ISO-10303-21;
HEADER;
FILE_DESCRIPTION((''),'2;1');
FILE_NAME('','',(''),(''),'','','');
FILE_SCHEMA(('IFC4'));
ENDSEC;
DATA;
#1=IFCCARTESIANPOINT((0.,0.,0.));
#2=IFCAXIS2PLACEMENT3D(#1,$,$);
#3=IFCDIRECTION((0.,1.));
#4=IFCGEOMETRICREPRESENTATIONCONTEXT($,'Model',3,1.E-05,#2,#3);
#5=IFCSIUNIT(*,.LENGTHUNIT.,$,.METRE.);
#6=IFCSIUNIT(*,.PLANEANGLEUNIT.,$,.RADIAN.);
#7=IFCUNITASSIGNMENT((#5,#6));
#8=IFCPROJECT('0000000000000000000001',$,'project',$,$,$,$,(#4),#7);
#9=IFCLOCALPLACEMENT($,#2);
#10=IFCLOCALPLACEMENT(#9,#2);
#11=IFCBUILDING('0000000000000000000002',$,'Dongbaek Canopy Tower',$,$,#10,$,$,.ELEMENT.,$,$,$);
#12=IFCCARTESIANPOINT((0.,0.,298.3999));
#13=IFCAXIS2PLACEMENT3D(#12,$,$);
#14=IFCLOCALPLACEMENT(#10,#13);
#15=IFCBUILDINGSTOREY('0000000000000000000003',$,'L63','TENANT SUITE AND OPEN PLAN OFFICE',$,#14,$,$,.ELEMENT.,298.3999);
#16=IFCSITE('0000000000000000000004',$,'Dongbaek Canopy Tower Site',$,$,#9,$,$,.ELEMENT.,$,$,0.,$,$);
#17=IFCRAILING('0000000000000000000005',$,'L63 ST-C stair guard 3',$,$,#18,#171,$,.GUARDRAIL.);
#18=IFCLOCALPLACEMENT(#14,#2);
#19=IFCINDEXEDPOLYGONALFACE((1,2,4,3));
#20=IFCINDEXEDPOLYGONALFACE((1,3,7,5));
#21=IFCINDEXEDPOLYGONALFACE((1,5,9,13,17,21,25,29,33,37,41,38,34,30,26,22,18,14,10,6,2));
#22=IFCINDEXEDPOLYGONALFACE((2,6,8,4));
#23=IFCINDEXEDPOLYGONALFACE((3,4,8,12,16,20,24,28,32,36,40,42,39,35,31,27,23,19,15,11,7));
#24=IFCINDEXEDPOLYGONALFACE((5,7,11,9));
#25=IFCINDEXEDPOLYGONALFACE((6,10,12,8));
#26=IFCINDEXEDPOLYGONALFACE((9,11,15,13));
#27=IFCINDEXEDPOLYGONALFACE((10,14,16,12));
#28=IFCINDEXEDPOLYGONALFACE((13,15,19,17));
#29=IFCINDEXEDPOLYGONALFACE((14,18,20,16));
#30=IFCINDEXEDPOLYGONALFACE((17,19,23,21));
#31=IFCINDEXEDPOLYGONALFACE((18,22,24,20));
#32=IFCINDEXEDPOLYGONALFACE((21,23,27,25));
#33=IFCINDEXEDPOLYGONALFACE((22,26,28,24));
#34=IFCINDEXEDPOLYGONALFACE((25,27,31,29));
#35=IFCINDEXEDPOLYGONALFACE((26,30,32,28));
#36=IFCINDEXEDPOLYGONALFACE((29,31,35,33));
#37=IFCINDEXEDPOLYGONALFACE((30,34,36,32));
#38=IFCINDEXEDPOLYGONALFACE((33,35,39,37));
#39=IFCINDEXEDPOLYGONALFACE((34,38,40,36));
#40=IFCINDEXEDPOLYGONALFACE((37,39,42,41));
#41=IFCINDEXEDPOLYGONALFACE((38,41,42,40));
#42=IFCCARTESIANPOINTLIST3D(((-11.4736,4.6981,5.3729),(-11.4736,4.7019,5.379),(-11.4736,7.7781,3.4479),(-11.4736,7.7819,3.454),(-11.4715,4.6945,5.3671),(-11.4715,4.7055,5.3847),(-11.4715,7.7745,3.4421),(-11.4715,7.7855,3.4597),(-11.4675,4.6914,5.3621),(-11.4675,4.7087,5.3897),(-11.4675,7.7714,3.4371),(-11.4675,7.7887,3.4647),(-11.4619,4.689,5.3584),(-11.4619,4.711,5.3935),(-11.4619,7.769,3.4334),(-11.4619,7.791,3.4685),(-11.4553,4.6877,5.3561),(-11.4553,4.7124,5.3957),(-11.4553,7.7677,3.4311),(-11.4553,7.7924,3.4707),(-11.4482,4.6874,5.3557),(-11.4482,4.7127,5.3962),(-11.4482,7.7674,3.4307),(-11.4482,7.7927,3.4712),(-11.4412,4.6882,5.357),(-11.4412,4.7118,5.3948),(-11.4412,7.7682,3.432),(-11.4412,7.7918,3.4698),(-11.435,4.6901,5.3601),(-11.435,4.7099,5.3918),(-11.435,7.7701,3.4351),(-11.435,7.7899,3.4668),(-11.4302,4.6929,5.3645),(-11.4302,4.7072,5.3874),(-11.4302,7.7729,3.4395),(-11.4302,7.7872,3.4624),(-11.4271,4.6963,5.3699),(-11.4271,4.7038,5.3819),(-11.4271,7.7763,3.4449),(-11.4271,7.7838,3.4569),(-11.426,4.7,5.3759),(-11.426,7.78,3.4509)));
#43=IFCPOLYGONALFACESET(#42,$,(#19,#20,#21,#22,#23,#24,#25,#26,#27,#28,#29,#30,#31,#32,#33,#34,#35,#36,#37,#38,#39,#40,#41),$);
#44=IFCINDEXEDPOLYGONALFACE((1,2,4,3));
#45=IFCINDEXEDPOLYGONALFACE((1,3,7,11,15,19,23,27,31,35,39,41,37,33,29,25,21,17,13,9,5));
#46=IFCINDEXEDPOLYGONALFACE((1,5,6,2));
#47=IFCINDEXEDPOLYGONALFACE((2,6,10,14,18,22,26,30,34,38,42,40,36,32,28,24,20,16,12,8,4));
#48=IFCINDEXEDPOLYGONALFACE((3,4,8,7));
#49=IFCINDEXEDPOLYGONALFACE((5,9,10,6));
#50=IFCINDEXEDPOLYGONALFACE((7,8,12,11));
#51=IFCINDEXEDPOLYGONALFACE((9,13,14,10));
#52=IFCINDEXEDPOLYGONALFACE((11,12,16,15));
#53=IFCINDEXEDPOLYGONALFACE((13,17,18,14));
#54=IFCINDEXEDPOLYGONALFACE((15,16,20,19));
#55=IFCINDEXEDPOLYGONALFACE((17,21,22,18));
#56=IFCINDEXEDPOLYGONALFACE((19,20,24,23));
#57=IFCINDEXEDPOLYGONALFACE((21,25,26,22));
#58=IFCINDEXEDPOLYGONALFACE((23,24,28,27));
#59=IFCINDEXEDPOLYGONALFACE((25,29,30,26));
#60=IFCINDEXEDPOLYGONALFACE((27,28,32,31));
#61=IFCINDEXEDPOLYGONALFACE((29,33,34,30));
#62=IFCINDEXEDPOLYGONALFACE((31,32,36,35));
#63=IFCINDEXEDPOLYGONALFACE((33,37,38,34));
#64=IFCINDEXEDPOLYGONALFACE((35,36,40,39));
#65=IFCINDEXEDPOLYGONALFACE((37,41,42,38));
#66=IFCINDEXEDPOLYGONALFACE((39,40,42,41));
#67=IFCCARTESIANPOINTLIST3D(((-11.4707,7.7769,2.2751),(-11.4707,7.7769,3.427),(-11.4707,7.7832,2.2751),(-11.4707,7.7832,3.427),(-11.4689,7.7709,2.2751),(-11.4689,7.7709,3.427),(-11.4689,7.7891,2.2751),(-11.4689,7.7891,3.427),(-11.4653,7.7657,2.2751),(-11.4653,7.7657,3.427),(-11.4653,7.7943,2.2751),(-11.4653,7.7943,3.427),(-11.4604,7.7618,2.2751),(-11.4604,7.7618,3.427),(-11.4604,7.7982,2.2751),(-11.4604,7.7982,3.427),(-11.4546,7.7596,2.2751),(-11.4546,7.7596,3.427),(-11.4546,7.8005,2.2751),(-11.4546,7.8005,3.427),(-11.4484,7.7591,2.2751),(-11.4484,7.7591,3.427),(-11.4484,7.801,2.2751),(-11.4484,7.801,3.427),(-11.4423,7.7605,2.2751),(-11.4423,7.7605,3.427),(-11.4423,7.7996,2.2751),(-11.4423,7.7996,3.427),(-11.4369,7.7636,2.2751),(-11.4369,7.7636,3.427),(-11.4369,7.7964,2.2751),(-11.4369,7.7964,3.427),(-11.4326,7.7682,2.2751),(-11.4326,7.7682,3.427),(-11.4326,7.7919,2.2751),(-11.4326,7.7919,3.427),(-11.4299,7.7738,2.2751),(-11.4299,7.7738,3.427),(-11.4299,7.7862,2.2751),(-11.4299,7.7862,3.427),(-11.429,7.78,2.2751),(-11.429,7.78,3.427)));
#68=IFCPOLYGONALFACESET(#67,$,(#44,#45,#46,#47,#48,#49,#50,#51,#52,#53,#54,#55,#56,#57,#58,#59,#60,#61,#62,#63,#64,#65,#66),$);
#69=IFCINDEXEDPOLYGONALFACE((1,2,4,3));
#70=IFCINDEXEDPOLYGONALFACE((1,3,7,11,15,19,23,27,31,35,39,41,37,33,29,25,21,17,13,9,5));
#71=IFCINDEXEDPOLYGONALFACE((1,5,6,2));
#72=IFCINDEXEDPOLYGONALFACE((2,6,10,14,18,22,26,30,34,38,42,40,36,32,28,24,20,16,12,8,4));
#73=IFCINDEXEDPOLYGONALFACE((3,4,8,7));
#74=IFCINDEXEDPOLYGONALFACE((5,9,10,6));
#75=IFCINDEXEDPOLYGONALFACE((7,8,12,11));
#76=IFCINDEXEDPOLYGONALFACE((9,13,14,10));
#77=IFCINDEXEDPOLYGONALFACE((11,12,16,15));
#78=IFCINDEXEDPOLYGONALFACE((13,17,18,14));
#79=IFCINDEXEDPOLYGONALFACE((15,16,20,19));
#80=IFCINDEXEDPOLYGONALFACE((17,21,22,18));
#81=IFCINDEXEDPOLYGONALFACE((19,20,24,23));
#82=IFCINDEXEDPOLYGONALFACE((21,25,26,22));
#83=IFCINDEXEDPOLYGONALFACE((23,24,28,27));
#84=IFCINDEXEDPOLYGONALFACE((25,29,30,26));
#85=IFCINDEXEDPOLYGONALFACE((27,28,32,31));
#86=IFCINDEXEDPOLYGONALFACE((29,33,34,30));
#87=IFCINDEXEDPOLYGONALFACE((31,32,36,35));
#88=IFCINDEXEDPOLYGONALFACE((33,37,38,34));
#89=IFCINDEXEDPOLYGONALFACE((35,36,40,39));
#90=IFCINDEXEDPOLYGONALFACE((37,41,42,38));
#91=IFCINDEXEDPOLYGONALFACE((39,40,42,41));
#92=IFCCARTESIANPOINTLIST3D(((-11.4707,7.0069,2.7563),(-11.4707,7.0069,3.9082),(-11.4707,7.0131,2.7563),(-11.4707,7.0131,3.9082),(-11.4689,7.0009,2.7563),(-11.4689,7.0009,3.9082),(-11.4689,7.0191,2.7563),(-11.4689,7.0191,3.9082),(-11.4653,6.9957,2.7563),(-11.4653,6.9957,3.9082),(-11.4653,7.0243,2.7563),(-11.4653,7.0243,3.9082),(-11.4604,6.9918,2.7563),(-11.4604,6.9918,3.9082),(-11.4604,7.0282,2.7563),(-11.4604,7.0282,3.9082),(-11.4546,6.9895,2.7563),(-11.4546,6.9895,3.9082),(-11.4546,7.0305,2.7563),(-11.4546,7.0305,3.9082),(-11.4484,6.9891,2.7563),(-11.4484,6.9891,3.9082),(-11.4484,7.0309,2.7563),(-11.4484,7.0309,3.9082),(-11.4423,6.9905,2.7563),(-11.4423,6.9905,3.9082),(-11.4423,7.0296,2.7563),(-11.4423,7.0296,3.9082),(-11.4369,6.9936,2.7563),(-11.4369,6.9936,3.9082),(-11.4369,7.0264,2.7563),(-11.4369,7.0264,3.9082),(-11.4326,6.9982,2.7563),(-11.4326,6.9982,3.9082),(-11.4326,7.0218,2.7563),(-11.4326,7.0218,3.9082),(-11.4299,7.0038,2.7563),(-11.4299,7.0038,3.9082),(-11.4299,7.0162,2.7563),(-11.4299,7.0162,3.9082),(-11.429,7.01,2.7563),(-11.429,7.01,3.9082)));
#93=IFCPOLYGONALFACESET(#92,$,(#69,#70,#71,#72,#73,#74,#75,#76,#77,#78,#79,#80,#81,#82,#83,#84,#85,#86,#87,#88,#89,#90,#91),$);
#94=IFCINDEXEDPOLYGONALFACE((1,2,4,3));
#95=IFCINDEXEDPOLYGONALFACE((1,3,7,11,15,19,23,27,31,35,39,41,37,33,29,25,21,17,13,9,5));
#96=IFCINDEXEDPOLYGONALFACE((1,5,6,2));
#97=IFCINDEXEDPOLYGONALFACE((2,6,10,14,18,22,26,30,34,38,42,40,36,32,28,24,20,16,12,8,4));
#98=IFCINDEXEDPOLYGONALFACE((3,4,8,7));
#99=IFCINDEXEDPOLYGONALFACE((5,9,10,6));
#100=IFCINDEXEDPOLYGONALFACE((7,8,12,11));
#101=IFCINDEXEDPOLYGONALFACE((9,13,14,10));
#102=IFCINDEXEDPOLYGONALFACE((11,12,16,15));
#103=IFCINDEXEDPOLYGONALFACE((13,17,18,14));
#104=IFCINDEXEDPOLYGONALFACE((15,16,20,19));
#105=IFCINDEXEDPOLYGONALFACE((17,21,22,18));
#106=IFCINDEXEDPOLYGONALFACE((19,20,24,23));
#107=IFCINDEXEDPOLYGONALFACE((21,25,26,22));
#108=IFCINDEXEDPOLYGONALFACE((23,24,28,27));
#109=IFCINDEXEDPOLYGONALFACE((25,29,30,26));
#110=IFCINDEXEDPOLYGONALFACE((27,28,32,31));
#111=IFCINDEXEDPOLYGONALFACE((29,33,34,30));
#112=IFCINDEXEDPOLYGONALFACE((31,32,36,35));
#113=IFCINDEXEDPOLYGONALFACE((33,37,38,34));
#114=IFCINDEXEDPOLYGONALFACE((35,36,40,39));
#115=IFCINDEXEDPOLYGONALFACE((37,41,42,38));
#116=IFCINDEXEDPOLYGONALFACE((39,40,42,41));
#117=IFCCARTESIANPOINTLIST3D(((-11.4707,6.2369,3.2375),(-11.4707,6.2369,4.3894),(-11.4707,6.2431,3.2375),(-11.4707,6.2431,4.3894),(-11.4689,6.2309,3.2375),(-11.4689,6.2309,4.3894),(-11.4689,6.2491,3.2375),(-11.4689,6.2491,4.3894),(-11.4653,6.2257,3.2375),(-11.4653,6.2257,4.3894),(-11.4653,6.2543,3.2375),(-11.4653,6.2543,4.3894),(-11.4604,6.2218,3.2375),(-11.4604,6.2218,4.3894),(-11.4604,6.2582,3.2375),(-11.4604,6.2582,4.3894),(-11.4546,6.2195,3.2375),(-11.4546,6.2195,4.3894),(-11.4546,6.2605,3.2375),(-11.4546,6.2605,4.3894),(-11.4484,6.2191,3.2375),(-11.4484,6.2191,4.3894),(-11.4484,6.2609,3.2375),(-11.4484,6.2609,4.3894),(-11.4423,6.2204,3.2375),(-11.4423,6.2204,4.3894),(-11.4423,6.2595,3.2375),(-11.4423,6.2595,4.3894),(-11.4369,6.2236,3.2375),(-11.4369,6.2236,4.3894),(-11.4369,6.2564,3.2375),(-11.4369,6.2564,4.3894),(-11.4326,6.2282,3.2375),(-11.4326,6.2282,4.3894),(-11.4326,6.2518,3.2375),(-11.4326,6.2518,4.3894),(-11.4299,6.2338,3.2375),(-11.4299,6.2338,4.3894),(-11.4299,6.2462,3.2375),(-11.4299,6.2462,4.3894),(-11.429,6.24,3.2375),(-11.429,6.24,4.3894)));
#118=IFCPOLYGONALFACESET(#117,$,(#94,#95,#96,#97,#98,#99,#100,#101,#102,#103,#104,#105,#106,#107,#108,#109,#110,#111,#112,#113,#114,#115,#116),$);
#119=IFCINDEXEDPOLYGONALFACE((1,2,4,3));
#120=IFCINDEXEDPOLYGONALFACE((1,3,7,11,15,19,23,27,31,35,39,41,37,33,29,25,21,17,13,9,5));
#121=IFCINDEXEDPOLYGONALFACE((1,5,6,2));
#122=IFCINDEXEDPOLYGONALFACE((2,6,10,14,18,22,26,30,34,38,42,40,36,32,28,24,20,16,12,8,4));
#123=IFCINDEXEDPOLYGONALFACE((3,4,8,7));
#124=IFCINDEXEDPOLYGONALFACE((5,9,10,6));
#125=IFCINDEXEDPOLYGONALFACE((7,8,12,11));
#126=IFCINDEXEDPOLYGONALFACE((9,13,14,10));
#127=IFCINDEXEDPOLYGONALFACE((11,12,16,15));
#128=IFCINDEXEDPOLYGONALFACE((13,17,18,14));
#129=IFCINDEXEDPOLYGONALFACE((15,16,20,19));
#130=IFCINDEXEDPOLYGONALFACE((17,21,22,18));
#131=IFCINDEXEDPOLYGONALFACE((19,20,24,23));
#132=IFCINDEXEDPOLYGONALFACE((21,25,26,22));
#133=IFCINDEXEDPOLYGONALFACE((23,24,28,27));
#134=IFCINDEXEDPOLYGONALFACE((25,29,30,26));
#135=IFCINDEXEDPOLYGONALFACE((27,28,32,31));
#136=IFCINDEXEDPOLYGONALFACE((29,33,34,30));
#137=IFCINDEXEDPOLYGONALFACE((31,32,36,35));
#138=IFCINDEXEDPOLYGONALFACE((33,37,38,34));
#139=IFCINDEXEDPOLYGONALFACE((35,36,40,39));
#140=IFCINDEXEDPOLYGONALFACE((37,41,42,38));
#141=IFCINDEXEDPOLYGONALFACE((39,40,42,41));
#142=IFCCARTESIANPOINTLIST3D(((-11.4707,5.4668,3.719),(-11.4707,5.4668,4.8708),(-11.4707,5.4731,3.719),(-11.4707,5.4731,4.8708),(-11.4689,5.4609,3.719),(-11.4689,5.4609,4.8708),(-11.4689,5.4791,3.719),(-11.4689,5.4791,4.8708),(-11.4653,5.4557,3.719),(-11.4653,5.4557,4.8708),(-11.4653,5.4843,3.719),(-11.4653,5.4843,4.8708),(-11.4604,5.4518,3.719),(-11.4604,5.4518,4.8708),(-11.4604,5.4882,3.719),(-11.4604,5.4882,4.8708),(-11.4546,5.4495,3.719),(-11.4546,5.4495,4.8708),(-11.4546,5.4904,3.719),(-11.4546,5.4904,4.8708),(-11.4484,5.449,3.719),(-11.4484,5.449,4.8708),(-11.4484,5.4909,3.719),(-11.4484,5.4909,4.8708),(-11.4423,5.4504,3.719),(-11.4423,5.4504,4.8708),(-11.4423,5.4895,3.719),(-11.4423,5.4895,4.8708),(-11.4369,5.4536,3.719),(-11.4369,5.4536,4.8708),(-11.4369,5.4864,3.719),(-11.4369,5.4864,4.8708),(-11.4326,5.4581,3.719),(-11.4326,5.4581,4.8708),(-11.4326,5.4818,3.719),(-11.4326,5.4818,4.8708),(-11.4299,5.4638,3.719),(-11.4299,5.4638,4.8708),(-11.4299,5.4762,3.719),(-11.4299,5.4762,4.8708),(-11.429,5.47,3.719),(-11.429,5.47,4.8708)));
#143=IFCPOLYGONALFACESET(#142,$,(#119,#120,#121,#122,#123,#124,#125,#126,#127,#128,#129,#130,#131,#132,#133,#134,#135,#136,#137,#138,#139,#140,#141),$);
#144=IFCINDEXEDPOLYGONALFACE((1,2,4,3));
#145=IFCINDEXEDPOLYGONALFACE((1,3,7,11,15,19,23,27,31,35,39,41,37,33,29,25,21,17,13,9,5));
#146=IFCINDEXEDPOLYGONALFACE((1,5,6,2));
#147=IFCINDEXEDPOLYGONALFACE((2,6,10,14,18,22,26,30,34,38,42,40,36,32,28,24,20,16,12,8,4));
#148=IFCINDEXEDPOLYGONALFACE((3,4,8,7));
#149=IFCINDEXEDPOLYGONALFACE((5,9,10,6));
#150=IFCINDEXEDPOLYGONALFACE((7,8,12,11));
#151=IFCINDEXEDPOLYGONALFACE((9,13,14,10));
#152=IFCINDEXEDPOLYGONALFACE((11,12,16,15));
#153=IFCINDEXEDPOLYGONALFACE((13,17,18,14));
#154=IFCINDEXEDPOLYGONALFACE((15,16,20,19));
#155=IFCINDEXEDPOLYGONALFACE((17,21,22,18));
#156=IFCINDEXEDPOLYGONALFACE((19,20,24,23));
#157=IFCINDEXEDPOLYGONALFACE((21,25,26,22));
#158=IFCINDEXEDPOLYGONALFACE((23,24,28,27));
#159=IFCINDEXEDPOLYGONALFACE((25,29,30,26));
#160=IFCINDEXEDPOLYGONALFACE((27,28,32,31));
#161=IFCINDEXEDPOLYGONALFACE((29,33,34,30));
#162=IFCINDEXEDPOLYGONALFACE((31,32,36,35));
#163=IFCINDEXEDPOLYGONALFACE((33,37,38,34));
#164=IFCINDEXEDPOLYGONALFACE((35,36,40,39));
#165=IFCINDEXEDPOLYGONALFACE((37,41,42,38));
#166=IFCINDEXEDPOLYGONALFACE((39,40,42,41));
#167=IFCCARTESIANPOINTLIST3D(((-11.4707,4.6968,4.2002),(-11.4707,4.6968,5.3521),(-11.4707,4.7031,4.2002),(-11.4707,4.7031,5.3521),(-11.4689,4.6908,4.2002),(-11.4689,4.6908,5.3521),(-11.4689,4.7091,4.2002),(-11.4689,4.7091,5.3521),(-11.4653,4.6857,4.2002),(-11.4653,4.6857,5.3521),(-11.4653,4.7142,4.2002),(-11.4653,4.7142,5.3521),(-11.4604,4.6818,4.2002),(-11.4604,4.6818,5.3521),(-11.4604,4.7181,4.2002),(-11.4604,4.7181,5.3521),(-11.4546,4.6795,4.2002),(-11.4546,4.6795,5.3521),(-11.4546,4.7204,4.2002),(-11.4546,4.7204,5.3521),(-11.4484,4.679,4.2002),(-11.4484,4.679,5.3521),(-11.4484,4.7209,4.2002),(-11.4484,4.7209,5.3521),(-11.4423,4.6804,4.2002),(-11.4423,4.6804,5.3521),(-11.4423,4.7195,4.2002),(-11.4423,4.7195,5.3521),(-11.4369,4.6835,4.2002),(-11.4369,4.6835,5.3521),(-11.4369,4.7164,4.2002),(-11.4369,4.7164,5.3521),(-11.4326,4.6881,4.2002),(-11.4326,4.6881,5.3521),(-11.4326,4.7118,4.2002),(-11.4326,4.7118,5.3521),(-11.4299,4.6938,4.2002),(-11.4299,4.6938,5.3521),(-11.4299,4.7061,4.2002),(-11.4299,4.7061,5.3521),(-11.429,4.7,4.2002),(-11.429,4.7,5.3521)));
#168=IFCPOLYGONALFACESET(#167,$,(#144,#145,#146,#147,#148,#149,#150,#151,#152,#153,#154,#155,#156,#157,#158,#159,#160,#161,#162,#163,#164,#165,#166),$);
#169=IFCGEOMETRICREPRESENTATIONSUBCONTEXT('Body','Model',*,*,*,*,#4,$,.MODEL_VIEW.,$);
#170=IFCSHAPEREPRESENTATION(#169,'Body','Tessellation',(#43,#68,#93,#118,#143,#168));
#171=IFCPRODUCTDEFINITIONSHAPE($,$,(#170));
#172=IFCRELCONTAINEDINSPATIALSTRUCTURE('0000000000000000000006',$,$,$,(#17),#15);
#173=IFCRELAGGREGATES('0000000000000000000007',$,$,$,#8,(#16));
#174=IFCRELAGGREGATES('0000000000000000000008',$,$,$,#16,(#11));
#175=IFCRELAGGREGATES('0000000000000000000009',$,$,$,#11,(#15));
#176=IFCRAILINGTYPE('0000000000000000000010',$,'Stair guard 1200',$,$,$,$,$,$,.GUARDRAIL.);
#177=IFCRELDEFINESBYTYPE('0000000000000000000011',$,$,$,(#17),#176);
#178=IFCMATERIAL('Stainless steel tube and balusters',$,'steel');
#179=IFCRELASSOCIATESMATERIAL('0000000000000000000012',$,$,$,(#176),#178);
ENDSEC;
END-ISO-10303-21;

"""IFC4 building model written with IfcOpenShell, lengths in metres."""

from ifc_helpers import new_model, si_unit, direction, frame, origin, origin_2d, place, context, subcontext, project, spatial, circle, extrude, material, type_object, element, save


model = new_model("IFC4")

# Units and contexts
model_context = context("Model", 3, precision=1e-05, world=origin(), true_north=direction((0.0, 1.0)))
body_context = subcontext(model_context, "Body", "Model", "MODEL_VIEW")
ifc_project = project(units=[si_unit("LENGTHUNIT", "METRE"), si_unit("PLANEANGLEUNIT", "RADIAN")], contexts=[model_context])

# Site, building, storey
site_placement = place(None, origin())
site = spatial("IfcSite", under=ifc_project, at=site_placement, Name="Dongbaek Canopy Tower Site", CompositionType="ELEMENT", RefElevation=0.0)
building_placement = place(site_placement, origin())
building = spatial("IfcBuilding", under=site, at=building_placement, Name="Dongbaek Canopy Tower", CompositionType="ELEMENT")
storey_placement = place(building_placement, frame((0.0, 0.0, 298.3999)))
storey = spatial("IfcBuildingStorey", under=building, at=storey_placement, Name="L63", Description="TENANT SUITE AND OPEN PLAN OFFICE", CompositionType="ELEMENT", Elevation=298.3999)

# Railing
ifc_material_1 = material(Name="Stainless steel tube and balusters", Category="steel")
railing_type_1 = type_object("IfcRailingType", Name="Stair guard 1200", PredefinedType="GUARDRAIL", material=ifc_material_1)
railing_1_placement = place(storey_placement, frame((-11.45, 7.78, 2.2751)))
element("IfcRailing", 1, at=railing_1_placement, inside=storey, type_object=railing_type_1, Name="L63 ST-C stair guard 3", PredefinedType="GUARDRAIL", context=body_context, shape_type="SweptSolid", body=[
    extrude(circle(Radius=0.0239, at=origin_2d()), frame((0.0, 0.0, 1.1758), z_axis=(0.0, -0.847998, 0.529999), x_axis=(1.0, 0.0, 0.0)), (0.0, 0.0, 1.0), 3.6321),
    extrude(circle(Radius=0.021, at=origin_2d()), origin(), (0.0, 0.0, 1.0), 1.1519),
    extrude(circle(Radius=0.021, at=origin_2d()), frame((0.0, -0.77, 0.4812)), (0.0, 0.0, 1.0), 1.1519),
    extrude(circle(Radius=0.021, at=origin_2d()), frame((0.0, -1.54, 0.9624)), (0.0, 0.0, 1.0), 1.1519),
    extrude(circle(Radius=0.021, at=origin_2d()), frame((0.0, -2.3101, 1.4438)), (0.0, 0.0, 1.0), 1.1519),
    extrude(circle(Radius=0.021, at=origin_2d()), frame((0.0, -3.0801, 1.925)), (0.0, 0.0, 1.0), 1.1519),
])

save(model, "model.ifc")
